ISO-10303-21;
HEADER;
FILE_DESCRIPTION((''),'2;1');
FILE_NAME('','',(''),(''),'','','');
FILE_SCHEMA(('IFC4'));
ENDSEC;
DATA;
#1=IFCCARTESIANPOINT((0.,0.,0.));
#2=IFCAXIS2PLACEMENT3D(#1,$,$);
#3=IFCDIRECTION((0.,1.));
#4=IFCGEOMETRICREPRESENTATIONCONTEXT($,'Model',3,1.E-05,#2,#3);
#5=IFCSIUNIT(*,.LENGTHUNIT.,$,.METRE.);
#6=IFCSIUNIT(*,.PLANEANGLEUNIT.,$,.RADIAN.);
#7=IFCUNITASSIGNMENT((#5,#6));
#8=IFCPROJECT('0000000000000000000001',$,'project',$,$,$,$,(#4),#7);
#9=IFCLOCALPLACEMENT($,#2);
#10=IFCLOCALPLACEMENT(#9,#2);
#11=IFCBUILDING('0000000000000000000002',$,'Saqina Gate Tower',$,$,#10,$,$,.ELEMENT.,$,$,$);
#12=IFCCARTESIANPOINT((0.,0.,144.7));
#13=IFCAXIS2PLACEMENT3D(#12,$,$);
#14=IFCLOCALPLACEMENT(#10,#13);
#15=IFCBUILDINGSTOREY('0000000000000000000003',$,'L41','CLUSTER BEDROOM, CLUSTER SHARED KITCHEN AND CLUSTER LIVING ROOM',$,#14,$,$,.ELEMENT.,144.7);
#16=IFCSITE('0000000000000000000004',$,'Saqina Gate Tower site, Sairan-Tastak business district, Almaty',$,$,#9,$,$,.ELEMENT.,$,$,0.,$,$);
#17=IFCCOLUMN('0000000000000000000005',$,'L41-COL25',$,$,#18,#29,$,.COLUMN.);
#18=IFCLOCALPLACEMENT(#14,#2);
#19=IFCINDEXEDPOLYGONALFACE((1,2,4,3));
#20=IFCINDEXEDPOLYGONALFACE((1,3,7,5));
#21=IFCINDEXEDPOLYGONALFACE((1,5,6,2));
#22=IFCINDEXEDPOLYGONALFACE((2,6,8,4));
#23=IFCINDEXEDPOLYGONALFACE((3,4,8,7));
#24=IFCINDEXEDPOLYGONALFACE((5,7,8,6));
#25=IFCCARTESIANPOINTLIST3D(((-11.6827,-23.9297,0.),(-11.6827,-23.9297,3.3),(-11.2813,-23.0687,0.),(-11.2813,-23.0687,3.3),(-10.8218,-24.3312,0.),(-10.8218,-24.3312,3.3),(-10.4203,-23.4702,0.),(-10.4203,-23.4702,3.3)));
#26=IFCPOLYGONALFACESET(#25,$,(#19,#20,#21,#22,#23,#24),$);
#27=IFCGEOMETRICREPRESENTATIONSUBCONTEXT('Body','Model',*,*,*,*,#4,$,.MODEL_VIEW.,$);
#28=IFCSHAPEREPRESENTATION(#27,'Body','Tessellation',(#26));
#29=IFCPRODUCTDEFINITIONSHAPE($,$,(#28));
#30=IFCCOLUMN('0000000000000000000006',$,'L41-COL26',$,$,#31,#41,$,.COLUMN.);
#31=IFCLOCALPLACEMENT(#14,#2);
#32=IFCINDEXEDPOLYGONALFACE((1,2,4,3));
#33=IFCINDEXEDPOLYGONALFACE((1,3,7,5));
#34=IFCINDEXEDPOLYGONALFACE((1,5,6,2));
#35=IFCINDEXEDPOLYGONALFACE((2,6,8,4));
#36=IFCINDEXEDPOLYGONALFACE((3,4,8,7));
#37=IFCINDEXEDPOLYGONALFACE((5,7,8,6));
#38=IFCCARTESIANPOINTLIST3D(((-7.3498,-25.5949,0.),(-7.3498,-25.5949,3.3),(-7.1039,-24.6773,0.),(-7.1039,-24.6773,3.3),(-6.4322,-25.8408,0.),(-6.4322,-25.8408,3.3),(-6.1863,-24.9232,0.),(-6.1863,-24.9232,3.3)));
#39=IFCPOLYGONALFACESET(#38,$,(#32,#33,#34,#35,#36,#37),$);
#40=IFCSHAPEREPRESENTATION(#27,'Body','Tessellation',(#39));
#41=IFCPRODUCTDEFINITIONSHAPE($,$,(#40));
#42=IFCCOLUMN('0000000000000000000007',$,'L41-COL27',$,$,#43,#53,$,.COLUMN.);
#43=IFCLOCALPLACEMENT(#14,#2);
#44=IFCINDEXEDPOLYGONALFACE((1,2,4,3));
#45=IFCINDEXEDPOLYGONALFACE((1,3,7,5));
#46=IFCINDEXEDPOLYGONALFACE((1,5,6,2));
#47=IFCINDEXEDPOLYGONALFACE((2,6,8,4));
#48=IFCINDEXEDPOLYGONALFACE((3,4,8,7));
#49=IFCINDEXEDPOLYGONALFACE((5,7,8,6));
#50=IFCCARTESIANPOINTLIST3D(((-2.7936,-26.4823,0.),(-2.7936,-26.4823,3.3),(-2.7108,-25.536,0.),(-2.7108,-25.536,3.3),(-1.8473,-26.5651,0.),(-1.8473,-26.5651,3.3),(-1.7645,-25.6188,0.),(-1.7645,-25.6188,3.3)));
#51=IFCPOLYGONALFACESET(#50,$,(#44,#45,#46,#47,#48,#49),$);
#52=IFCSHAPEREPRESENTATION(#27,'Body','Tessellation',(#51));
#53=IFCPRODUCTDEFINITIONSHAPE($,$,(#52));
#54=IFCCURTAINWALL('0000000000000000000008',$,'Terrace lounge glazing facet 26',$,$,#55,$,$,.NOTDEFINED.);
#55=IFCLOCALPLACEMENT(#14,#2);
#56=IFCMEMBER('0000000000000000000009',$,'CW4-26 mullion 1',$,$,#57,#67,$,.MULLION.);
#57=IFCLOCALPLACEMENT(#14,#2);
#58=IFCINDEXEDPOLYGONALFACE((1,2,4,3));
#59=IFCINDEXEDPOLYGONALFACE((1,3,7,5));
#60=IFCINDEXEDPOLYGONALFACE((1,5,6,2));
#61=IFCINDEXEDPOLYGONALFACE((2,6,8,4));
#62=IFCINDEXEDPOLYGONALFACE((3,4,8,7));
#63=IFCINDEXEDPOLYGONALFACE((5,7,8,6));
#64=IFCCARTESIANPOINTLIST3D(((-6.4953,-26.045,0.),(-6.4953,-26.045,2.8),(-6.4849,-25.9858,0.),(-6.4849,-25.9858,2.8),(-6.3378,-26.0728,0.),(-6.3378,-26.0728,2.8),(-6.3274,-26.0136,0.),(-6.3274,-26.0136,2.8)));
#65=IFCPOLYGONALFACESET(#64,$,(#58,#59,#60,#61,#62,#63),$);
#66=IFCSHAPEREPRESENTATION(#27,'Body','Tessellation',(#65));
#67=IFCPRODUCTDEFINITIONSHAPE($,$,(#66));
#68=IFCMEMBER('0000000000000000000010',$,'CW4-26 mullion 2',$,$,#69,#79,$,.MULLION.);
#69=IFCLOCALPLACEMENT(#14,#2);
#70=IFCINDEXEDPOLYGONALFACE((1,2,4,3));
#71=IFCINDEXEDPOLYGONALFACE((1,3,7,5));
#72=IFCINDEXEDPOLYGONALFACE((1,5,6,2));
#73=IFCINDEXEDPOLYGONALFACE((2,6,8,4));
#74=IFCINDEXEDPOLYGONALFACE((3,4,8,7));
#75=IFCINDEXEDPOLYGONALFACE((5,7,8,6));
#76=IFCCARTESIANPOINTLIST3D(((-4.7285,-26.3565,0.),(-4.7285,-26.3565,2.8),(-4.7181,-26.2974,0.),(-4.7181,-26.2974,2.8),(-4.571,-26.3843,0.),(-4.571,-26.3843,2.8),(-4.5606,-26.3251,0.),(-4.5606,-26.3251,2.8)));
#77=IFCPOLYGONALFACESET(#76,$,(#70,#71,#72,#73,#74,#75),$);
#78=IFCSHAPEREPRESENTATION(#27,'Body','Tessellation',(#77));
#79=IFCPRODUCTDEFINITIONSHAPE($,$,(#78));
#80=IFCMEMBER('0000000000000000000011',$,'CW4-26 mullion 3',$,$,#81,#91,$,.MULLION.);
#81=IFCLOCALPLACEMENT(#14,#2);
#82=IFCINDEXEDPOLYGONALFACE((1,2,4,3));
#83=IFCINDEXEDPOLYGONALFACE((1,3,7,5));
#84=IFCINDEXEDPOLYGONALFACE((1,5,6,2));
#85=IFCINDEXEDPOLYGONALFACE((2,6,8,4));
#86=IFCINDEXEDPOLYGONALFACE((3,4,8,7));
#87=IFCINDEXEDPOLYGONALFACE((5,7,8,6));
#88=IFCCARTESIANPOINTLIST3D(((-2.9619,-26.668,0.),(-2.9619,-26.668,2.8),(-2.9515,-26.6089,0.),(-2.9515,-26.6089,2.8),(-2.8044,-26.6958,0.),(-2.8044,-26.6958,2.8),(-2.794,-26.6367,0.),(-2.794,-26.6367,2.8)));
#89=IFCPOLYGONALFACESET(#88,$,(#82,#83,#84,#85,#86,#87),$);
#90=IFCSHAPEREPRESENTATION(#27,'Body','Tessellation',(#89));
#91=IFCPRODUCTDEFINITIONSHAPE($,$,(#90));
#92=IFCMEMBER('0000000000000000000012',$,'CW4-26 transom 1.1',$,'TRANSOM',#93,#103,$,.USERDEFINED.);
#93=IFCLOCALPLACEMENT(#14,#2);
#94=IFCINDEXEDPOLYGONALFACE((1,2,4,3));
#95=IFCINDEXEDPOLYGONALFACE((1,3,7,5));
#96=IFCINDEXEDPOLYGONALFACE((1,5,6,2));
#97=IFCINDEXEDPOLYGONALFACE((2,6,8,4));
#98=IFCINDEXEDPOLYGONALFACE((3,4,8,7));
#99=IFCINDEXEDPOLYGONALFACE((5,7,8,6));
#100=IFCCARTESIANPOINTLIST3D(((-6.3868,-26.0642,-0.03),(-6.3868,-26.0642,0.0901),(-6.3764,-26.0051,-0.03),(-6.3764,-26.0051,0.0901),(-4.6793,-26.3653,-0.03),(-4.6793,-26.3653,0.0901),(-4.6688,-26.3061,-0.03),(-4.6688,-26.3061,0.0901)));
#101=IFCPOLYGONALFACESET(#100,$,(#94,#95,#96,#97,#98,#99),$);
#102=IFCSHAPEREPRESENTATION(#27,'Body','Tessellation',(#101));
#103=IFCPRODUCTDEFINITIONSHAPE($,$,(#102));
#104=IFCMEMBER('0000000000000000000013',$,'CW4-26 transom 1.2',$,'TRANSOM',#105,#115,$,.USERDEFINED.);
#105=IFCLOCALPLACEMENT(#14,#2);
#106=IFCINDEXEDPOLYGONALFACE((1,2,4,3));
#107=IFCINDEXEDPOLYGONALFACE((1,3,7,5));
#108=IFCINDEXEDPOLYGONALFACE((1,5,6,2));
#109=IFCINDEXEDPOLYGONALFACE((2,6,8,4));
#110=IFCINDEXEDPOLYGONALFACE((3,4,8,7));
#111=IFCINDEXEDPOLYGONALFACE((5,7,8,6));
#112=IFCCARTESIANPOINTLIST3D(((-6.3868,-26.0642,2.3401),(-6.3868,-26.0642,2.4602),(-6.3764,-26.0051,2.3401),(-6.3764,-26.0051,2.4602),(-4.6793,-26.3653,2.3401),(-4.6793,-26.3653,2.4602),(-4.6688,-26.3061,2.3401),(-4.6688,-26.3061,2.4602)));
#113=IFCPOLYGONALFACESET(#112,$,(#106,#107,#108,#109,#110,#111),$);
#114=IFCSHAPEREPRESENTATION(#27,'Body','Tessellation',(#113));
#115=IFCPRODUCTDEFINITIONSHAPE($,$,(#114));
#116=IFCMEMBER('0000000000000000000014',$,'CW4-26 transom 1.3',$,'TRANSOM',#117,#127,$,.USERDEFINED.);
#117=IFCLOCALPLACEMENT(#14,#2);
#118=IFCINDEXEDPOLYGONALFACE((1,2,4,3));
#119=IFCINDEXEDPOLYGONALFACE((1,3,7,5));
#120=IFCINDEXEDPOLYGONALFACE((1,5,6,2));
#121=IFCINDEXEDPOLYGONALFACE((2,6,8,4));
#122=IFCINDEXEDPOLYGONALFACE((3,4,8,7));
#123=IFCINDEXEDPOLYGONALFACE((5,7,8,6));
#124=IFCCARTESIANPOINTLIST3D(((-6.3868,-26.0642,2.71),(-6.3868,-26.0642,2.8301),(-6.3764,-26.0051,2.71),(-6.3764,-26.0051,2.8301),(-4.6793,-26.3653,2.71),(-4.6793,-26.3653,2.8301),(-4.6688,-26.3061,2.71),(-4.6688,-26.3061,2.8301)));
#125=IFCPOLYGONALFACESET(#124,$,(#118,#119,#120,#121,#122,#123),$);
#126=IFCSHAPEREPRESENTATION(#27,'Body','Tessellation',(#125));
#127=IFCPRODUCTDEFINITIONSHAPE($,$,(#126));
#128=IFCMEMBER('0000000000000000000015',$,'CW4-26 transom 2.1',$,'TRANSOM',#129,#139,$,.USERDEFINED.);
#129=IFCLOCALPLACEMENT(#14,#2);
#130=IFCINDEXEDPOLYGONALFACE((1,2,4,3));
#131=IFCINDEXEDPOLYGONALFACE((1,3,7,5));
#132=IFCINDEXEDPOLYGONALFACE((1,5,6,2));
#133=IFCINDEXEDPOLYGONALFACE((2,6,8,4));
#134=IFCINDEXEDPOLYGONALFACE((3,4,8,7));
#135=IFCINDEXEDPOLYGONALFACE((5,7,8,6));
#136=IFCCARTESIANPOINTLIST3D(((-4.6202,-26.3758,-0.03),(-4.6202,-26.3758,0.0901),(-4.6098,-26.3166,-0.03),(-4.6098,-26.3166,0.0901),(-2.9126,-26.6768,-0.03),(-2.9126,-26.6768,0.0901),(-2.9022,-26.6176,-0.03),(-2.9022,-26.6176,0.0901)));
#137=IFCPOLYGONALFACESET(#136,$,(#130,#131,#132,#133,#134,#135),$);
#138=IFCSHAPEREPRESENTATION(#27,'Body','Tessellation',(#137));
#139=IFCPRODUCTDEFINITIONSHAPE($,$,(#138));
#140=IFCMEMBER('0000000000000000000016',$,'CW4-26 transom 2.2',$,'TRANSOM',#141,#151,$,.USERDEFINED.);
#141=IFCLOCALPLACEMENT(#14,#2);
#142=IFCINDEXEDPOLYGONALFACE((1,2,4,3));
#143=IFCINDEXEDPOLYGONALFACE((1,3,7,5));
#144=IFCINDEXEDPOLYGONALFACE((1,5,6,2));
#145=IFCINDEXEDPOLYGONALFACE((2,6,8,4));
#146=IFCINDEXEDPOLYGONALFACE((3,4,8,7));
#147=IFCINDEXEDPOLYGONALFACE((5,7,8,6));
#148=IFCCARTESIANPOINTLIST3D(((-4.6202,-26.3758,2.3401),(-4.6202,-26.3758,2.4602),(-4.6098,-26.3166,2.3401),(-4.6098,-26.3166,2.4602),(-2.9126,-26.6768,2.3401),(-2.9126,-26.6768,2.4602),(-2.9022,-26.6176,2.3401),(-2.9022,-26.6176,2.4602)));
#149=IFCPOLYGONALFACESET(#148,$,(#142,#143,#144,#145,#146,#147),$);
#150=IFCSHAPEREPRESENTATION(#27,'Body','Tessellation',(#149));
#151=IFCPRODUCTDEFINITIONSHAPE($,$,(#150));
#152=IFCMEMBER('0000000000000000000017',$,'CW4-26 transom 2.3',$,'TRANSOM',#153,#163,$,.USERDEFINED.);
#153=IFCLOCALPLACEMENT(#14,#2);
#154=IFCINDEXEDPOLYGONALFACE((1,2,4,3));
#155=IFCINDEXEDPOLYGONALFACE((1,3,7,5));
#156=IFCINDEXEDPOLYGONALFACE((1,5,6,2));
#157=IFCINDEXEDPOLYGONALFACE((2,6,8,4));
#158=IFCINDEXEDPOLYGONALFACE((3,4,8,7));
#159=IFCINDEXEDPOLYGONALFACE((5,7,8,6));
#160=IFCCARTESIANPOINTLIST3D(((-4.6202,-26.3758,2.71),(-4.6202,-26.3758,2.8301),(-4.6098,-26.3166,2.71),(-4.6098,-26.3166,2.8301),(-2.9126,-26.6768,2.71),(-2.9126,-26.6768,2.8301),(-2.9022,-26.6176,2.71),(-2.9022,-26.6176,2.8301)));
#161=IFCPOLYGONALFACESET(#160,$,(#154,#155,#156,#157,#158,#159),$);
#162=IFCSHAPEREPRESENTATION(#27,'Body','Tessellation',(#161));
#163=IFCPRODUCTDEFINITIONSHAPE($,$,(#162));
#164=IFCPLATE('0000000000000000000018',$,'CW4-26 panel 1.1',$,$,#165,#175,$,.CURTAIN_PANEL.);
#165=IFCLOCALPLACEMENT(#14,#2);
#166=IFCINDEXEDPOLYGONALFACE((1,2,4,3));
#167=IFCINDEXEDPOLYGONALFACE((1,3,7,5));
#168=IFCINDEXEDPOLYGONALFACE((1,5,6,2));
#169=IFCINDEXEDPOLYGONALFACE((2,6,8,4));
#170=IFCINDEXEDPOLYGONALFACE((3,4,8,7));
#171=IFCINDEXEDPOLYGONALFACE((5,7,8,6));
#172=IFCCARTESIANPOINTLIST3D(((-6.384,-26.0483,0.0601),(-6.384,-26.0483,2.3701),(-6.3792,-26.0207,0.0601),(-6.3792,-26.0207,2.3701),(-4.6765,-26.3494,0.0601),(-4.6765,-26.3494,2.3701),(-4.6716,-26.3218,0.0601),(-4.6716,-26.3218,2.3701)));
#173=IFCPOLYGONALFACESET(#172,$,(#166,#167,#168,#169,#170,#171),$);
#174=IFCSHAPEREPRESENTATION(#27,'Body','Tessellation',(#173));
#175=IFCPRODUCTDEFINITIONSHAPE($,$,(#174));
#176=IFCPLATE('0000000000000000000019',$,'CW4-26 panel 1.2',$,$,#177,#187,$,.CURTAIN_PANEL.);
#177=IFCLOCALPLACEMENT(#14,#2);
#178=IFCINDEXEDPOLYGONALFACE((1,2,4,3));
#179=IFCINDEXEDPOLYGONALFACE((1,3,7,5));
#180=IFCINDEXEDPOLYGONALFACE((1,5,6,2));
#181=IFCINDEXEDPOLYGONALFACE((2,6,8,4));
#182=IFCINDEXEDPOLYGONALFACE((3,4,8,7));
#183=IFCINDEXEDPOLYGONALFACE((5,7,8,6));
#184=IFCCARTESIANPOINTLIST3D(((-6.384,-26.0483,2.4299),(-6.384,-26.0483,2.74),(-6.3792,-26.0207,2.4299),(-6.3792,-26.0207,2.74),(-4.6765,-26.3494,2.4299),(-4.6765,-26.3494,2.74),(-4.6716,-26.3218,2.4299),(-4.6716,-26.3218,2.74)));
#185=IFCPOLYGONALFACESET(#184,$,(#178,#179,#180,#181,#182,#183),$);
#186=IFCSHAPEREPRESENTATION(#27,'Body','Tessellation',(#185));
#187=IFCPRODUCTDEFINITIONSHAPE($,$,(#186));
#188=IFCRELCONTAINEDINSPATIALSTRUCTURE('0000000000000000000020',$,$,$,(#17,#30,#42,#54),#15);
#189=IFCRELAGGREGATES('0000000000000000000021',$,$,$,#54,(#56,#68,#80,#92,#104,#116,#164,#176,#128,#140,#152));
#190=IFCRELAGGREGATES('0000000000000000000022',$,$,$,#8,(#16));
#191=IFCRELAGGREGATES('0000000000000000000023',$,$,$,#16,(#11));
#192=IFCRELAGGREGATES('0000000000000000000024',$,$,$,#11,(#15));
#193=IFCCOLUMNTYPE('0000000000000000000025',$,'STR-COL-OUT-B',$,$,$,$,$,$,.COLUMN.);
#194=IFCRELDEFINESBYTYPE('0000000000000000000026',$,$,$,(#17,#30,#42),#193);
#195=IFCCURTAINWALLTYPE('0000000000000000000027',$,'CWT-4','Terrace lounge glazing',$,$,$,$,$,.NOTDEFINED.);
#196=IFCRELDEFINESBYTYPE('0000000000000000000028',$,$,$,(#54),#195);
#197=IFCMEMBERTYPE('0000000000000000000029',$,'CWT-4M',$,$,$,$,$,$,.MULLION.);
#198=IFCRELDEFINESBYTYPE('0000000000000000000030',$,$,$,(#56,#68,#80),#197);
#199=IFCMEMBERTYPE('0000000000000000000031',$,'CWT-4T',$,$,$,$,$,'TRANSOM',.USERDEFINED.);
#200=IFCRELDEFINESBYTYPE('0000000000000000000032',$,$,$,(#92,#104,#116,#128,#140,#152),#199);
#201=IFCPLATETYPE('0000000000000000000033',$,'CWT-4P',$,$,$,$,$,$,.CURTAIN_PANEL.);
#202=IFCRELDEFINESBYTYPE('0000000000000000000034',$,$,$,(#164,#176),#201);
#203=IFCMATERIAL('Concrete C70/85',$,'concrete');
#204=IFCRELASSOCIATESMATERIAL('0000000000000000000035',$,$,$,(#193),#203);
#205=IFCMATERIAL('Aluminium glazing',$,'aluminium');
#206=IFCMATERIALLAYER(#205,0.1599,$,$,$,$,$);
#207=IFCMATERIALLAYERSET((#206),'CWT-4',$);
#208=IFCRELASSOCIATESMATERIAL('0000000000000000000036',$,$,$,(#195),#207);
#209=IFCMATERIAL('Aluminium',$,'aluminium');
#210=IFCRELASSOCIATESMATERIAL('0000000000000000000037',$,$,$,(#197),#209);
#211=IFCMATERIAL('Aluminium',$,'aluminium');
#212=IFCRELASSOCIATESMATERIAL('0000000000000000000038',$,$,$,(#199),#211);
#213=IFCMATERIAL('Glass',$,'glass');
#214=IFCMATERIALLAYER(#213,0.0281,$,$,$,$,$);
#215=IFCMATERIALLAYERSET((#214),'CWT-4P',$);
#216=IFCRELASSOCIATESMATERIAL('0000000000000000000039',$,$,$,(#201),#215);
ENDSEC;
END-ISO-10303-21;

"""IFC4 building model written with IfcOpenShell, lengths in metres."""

from ifc_helpers import new_model, si_unit, direction, frame, origin, origin_2d, place, context, subcontext, project, spatial, rectangle, extrude, material, layer, layer_set, material_profile, profile_set, type_object, element, aggregate, save


model = new_model("IFC4")

# Units and contexts
model_context = context("Model", 3, precision=1e-05, world=origin(), true_north=direction((0.0, 1.0)))
body_context = subcontext(model_context, "Body", "Model", "MODEL_VIEW")
ifc_project = project(units=[si_unit("LENGTHUNIT", "METRE"), si_unit("PLANEANGLEUNIT", "RADIAN")], contexts=[model_context])

# Site, building, storey
site_placement = place(None, origin())
site = spatial("IfcSite", under=ifc_project, at=site_placement, Name="Saqina Gate Tower site, Sairan-Tastak business district, Almaty", CompositionType="ELEMENT", RefElevation=0.0)
building_placement = place(site_placement, origin())
building = spatial("IfcBuilding", under=site, at=building_placement, Name="Saqina Gate Tower", CompositionType="ELEMENT")
storey_placement = place(building_placement, frame((0.0, 0.0, 144.7)))
storey = spatial("IfcBuildingStorey", under=building, at=storey_placement, Name="L41", Description="CLUSTER BEDROOM, CLUSTER SHARED KITCHEN AND CLUSTER LIVING ROOM", CompositionType="ELEMENT", Elevation=144.7)

# Columns
ifc_material_1 = material(Name="Concrete C70/85", Category="concrete")
ifc_material_profile_1 = material_profile(ifc_material_1, rectangle(XDim=0.95, YDim=0.95, at=origin_2d()), Name="RC 950x950")
ifc_profile_set_1 = profile_set([ifc_material_profile_1], Name="Concrete C70/85")
column_type = type_object("IfcColumnType", Name="STR-COL-OUT-B", PredefinedType="COLUMN", material=ifc_profile_set_1)
for number, where, z_axis, x_axis, name in (
    (1, (-11.0515, -23.7, 0.0), (0.0, 0.0, 1.0), (-0.422618, -0.906308, 0.0), "L41-COL25"),
    (2, (-6.7681, -25.259, 0.0), (0.0, 0.0, 1.0), (-0.258819, -0.965926, 0.0), "L41-COL26"),
    (3, (-2.2791, -26.0505, 0.0), (0.0, 0.0, 1.0), (-0.087156, -0.996195, 0.0), "L41-COL27"),
):
    element("IfcColumn", number, at=place(storey_placement, frame(where, z_axis=z_axis, x_axis=x_axis)), inside=storey, type_object=column_type, Name=name, PredefinedType="COLUMN", context=body_context, shape_type="SweptSolid", body=[
        extrude(rectangle(XDim=0.95, YDim=0.95, at=origin_2d()), origin(), (0.0, 0.0, 1.0), 3.3),
    ])

# Curtain wall, members, plates
ifc_material_2 = material(Name="Aluminium glazing", Category="aluminium")
ifc_layer_1 = layer(ifc_material_2, 0.1599)
ifc_layer_set_1 = layer_set([ifc_layer_1], Name="CWT-4")
curtain_wall_type = type_object("IfcCurtainWallType", Name="CWT-4", Description="Terrace lounge glazing", PredefinedType="NOTDEFINED", material=ifc_layer_set_1)
curtain_wall_placement = place(storey_placement, origin())
curtain_wall = element("IfcCurtainWall", 4, at=curtain_wall_placement, inside=storey, type_object=curtain_wall_type, Name="Terrace lounge glazing facet 26", PredefinedType="NOTDEFINED")
ifc_material_3 = material(Name="Aluminium", Category="aluminium")
ifc_material_profile_2 = material_profile(ifc_material_3, rectangle(XDim=0.0601, YDim=0.1599, at=origin_2d()), Name="Aluminium 60x160")
ifc_profile_set_2 = profile_set([ifc_material_profile_2], Name="Aluminium")
member_type_1 = type_object("IfcMemberType", Name="CWT-4M", PredefinedType="MULLION", material=ifc_profile_set_2)
member_1_placement = place(storey_placement, frame((-6.4114, -26.0293, 0.0), z_axis=(0.0, 0.0, 1.0), x_axis=(0.173638, 0.984809, 0.0)))
member_1 = element("IfcMember", 5, at=member_1_placement, type_object=member_type_1, Name="CW4-26 mullion 1", PredefinedType="MULLION", context=body_context, shape_type="SweptSolid", body=[
    extrude(rectangle(XDim=0.0601, YDim=0.1599, at=origin_2d()), origin(), (0.0, 0.0, 1.0), 2.8),
])
member_2_placement = place(storey_placement, frame((-4.6445, -26.3408, 0.0), z_axis=(0.0, 0.0, 1.0), x_axis=(0.173638, 0.984809, 0.0)))
member_2 = element("IfcMember", 6, at=member_2_placement, type_object=member_type_1, Name="CW4-26 mullion 2", PredefinedType="MULLION", context=body_context, shape_type="SweptSolid", body=[
    extrude(rectangle(XDim=0.0601, YDim=0.1599, at=origin_2d()), origin(), (0.0, 0.0, 1.0), 2.8),
])
member_3_placement = place(storey_placement, frame((-2.8779, -26.6523, 0.0), z_axis=(0.0, 0.0, 1.0), x_axis=(0.173638, 0.984809, 0.0)))
member_3 = element("IfcMember", 7, at=member_3_placement, type_object=member_type_1, Name="CW4-26 mullion 3", PredefinedType="MULLION", context=body_context, shape_type="SweptSolid", body=[
    extrude(rectangle(XDim=0.0601, YDim=0.1599, at=origin_2d()), origin(), (0.0, 0.0, 1.0), 2.8),
])
ifc_material_4 = material(Name="Aluminium", Category="aluminium")
ifc_material_profile_3 = material_profile(ifc_material_4, rectangle(XDim=0.0601, YDim=0.1201, at=origin_2d()), Name="Aluminium 60x120")
ifc_profile_set_3 = profile_set([ifc_material_profile_3], Name="Aluminium")
member_type_2 = type_object("IfcMemberType", Name="CWT-4T", ElementType="TRANSOM", PredefinedType="USERDEFINED", material=ifc_profile_set_3)
member_4_placement = place(storey_placement, frame((-6.3816, -26.0347, 0.03), z_axis=(0.984813, -0.173617, 0.0), x_axis=(0.173617, 0.984813, 0.0)))
member_4 = element("IfcMember", 8, at=member_4_placement, type_object=member_type_2, Name="CW4-26 transom 1.1", ObjectType="TRANSOM", PredefinedType="USERDEFINED", context=body_context, shape_type="SweptSolid", body=[
    extrude(rectangle(XDim=0.0601, YDim=0.1201, at=origin_2d()), origin(), (0.0, 0.0, 1.0), 1.7339),
])
member_5_placement = place(storey_placement, frame((-6.3816, -26.0347, 2.4001), z_axis=(0.984813, -0.173617, 0.0), x_axis=(0.173617, 0.984813, 0.0)))
member_5 = element("IfcMember", 9, at=member_5_placement, type_object=member_type_2, Name="CW4-26 transom 1.2", ObjectType="TRANSOM", PredefinedType="USERDEFINED", context=body_context, shape_type="SweptSolid", body=[
    extrude(rectangle(XDim=0.0601, YDim=0.1201, at=origin_2d()), origin(), (0.0, 0.0, 1.0), 1.7339),
])
member_6_placement = place(storey_placement, frame((-6.3816, -26.0347, 2.77), z_axis=(0.984813, -0.173617, 0.0), x_axis=(0.173617, 0.984813, 0.0)))
member_6 = element("IfcMember", 10, at=member_6_placement, type_object=member_type_2, Name="CW4-26 transom 1.3", ObjectType="TRANSOM", PredefinedType="USERDEFINED", context=body_context, shape_type="SweptSolid", body=[
    extrude(rectangle(XDim=0.0601, YDim=0.1201, at=origin_2d()), origin(), (0.0, 0.0, 1.0), 1.7339),
])
member_7_placement = place(storey_placement, frame((-4.615, -26.3462, 0.03), z_axis=(0.984813, -0.173617, 0.0), x_axis=(0.173617, 0.984813, 0.0)))
member_7 = element("IfcMember", 11, at=member_7_placement, type_object=member_type_2, Name="CW4-26 transom 2.1", ObjectType="TRANSOM", PredefinedType="USERDEFINED", context=body_context, shape_type="SweptSolid", body=[
    extrude(rectangle(XDim=0.0601, YDim=0.1201, at=origin_2d()), origin(), (0.0, 0.0, 1.0), 1.7339),
])
member_8_placement = place(storey_placement, frame((-4.615, -26.3462, 2.4001), z_axis=(0.984813, -0.173617, 0.0), x_axis=(0.173617, 0.984813, 0.0)))
member_8 = element("IfcMember", 12, at=member_8_placement, type_object=member_type_2, Name="CW4-26 transom 2.2", ObjectType="TRANSOM", PredefinedType="USERDEFINED", context=body_context, shape_type="SweptSolid", body=[
    extrude(rectangle(XDim=0.0601, YDim=0.1201, at=origin_2d()), origin(), (0.0, 0.0, 1.0), 1.7339),
])
member_9_placement = place(storey_placement, frame((-4.615, -26.3462, 2.77), z_axis=(0.984813, -0.173617, 0.0), x_axis=(0.173617, 0.984813, 0.0)))
member_9 = element("IfcMember", 13, at=member_9_placement, type_object=member_type_2, Name="CW4-26 transom 2.3", ObjectType="TRANSOM", PredefinedType="USERDEFINED", context=body_context, shape_type="SweptSolid", body=[
    extrude(rectangle(XDim=0.0601, YDim=0.1201, at=origin_2d()), origin(), (0.0, 0.0, 1.0), 1.7339),
])
ifc_material_5 = material(Name="Glass", Category="glass")
ifc_layer_2 = layer(ifc_material_5, 0.0281)
ifc_layer_set_2 = layer_set([ifc_layer_2], Name="CWT-4P")
plate_type = type_object("IfcPlateType", Name="CWT-4P", PredefinedType="CURTAIN_PANEL", material=ifc_layer_set_2)
plate_1_placement = place(storey_placement, frame((-5.5278, -26.1851, 0.0601), z_axis=(0.0, 0.0, 1.0), x_axis=(0.984809, -0.173638, 0.0)))
plate_1 = element("IfcPlate", 14, at=plate_1_placement, type_object=plate_type, Name="CW4-26 panel 1.1", PredefinedType="CURTAIN_PANEL", context=body_context, shape_type="SweptSolid", body=[
    extrude(rectangle(XDim=1.7339, YDim=0.0281, at=origin_2d()), origin(), (0.0, 0.0, 1.0), 2.3101),
])
plate_2_placement = place(storey_placement, frame((-5.5278, -26.1851, 2.4299), z_axis=(0.0, 0.0, 1.0), x_axis=(0.984809, -0.173638, 0.0)))
plate_2 = element("IfcPlate", 15, at=plate_2_placement, type_object=plate_type, Name="CW4-26 panel 1.2", PredefinedType="CURTAIN_PANEL", context=body_context, shape_type="SweptSolid", body=[
    extrude(rectangle(XDim=1.7339, YDim=0.0281, at=origin_2d()), origin(), (0.0, 0.0, 1.0), 0.3101),
])
aggregate(curtain_wall, [member_1, member_2, member_3, member_4, member_5, member_6, plate_1, plate_2, member_7, member_8, member_9])

save(model, "model.ifc")
